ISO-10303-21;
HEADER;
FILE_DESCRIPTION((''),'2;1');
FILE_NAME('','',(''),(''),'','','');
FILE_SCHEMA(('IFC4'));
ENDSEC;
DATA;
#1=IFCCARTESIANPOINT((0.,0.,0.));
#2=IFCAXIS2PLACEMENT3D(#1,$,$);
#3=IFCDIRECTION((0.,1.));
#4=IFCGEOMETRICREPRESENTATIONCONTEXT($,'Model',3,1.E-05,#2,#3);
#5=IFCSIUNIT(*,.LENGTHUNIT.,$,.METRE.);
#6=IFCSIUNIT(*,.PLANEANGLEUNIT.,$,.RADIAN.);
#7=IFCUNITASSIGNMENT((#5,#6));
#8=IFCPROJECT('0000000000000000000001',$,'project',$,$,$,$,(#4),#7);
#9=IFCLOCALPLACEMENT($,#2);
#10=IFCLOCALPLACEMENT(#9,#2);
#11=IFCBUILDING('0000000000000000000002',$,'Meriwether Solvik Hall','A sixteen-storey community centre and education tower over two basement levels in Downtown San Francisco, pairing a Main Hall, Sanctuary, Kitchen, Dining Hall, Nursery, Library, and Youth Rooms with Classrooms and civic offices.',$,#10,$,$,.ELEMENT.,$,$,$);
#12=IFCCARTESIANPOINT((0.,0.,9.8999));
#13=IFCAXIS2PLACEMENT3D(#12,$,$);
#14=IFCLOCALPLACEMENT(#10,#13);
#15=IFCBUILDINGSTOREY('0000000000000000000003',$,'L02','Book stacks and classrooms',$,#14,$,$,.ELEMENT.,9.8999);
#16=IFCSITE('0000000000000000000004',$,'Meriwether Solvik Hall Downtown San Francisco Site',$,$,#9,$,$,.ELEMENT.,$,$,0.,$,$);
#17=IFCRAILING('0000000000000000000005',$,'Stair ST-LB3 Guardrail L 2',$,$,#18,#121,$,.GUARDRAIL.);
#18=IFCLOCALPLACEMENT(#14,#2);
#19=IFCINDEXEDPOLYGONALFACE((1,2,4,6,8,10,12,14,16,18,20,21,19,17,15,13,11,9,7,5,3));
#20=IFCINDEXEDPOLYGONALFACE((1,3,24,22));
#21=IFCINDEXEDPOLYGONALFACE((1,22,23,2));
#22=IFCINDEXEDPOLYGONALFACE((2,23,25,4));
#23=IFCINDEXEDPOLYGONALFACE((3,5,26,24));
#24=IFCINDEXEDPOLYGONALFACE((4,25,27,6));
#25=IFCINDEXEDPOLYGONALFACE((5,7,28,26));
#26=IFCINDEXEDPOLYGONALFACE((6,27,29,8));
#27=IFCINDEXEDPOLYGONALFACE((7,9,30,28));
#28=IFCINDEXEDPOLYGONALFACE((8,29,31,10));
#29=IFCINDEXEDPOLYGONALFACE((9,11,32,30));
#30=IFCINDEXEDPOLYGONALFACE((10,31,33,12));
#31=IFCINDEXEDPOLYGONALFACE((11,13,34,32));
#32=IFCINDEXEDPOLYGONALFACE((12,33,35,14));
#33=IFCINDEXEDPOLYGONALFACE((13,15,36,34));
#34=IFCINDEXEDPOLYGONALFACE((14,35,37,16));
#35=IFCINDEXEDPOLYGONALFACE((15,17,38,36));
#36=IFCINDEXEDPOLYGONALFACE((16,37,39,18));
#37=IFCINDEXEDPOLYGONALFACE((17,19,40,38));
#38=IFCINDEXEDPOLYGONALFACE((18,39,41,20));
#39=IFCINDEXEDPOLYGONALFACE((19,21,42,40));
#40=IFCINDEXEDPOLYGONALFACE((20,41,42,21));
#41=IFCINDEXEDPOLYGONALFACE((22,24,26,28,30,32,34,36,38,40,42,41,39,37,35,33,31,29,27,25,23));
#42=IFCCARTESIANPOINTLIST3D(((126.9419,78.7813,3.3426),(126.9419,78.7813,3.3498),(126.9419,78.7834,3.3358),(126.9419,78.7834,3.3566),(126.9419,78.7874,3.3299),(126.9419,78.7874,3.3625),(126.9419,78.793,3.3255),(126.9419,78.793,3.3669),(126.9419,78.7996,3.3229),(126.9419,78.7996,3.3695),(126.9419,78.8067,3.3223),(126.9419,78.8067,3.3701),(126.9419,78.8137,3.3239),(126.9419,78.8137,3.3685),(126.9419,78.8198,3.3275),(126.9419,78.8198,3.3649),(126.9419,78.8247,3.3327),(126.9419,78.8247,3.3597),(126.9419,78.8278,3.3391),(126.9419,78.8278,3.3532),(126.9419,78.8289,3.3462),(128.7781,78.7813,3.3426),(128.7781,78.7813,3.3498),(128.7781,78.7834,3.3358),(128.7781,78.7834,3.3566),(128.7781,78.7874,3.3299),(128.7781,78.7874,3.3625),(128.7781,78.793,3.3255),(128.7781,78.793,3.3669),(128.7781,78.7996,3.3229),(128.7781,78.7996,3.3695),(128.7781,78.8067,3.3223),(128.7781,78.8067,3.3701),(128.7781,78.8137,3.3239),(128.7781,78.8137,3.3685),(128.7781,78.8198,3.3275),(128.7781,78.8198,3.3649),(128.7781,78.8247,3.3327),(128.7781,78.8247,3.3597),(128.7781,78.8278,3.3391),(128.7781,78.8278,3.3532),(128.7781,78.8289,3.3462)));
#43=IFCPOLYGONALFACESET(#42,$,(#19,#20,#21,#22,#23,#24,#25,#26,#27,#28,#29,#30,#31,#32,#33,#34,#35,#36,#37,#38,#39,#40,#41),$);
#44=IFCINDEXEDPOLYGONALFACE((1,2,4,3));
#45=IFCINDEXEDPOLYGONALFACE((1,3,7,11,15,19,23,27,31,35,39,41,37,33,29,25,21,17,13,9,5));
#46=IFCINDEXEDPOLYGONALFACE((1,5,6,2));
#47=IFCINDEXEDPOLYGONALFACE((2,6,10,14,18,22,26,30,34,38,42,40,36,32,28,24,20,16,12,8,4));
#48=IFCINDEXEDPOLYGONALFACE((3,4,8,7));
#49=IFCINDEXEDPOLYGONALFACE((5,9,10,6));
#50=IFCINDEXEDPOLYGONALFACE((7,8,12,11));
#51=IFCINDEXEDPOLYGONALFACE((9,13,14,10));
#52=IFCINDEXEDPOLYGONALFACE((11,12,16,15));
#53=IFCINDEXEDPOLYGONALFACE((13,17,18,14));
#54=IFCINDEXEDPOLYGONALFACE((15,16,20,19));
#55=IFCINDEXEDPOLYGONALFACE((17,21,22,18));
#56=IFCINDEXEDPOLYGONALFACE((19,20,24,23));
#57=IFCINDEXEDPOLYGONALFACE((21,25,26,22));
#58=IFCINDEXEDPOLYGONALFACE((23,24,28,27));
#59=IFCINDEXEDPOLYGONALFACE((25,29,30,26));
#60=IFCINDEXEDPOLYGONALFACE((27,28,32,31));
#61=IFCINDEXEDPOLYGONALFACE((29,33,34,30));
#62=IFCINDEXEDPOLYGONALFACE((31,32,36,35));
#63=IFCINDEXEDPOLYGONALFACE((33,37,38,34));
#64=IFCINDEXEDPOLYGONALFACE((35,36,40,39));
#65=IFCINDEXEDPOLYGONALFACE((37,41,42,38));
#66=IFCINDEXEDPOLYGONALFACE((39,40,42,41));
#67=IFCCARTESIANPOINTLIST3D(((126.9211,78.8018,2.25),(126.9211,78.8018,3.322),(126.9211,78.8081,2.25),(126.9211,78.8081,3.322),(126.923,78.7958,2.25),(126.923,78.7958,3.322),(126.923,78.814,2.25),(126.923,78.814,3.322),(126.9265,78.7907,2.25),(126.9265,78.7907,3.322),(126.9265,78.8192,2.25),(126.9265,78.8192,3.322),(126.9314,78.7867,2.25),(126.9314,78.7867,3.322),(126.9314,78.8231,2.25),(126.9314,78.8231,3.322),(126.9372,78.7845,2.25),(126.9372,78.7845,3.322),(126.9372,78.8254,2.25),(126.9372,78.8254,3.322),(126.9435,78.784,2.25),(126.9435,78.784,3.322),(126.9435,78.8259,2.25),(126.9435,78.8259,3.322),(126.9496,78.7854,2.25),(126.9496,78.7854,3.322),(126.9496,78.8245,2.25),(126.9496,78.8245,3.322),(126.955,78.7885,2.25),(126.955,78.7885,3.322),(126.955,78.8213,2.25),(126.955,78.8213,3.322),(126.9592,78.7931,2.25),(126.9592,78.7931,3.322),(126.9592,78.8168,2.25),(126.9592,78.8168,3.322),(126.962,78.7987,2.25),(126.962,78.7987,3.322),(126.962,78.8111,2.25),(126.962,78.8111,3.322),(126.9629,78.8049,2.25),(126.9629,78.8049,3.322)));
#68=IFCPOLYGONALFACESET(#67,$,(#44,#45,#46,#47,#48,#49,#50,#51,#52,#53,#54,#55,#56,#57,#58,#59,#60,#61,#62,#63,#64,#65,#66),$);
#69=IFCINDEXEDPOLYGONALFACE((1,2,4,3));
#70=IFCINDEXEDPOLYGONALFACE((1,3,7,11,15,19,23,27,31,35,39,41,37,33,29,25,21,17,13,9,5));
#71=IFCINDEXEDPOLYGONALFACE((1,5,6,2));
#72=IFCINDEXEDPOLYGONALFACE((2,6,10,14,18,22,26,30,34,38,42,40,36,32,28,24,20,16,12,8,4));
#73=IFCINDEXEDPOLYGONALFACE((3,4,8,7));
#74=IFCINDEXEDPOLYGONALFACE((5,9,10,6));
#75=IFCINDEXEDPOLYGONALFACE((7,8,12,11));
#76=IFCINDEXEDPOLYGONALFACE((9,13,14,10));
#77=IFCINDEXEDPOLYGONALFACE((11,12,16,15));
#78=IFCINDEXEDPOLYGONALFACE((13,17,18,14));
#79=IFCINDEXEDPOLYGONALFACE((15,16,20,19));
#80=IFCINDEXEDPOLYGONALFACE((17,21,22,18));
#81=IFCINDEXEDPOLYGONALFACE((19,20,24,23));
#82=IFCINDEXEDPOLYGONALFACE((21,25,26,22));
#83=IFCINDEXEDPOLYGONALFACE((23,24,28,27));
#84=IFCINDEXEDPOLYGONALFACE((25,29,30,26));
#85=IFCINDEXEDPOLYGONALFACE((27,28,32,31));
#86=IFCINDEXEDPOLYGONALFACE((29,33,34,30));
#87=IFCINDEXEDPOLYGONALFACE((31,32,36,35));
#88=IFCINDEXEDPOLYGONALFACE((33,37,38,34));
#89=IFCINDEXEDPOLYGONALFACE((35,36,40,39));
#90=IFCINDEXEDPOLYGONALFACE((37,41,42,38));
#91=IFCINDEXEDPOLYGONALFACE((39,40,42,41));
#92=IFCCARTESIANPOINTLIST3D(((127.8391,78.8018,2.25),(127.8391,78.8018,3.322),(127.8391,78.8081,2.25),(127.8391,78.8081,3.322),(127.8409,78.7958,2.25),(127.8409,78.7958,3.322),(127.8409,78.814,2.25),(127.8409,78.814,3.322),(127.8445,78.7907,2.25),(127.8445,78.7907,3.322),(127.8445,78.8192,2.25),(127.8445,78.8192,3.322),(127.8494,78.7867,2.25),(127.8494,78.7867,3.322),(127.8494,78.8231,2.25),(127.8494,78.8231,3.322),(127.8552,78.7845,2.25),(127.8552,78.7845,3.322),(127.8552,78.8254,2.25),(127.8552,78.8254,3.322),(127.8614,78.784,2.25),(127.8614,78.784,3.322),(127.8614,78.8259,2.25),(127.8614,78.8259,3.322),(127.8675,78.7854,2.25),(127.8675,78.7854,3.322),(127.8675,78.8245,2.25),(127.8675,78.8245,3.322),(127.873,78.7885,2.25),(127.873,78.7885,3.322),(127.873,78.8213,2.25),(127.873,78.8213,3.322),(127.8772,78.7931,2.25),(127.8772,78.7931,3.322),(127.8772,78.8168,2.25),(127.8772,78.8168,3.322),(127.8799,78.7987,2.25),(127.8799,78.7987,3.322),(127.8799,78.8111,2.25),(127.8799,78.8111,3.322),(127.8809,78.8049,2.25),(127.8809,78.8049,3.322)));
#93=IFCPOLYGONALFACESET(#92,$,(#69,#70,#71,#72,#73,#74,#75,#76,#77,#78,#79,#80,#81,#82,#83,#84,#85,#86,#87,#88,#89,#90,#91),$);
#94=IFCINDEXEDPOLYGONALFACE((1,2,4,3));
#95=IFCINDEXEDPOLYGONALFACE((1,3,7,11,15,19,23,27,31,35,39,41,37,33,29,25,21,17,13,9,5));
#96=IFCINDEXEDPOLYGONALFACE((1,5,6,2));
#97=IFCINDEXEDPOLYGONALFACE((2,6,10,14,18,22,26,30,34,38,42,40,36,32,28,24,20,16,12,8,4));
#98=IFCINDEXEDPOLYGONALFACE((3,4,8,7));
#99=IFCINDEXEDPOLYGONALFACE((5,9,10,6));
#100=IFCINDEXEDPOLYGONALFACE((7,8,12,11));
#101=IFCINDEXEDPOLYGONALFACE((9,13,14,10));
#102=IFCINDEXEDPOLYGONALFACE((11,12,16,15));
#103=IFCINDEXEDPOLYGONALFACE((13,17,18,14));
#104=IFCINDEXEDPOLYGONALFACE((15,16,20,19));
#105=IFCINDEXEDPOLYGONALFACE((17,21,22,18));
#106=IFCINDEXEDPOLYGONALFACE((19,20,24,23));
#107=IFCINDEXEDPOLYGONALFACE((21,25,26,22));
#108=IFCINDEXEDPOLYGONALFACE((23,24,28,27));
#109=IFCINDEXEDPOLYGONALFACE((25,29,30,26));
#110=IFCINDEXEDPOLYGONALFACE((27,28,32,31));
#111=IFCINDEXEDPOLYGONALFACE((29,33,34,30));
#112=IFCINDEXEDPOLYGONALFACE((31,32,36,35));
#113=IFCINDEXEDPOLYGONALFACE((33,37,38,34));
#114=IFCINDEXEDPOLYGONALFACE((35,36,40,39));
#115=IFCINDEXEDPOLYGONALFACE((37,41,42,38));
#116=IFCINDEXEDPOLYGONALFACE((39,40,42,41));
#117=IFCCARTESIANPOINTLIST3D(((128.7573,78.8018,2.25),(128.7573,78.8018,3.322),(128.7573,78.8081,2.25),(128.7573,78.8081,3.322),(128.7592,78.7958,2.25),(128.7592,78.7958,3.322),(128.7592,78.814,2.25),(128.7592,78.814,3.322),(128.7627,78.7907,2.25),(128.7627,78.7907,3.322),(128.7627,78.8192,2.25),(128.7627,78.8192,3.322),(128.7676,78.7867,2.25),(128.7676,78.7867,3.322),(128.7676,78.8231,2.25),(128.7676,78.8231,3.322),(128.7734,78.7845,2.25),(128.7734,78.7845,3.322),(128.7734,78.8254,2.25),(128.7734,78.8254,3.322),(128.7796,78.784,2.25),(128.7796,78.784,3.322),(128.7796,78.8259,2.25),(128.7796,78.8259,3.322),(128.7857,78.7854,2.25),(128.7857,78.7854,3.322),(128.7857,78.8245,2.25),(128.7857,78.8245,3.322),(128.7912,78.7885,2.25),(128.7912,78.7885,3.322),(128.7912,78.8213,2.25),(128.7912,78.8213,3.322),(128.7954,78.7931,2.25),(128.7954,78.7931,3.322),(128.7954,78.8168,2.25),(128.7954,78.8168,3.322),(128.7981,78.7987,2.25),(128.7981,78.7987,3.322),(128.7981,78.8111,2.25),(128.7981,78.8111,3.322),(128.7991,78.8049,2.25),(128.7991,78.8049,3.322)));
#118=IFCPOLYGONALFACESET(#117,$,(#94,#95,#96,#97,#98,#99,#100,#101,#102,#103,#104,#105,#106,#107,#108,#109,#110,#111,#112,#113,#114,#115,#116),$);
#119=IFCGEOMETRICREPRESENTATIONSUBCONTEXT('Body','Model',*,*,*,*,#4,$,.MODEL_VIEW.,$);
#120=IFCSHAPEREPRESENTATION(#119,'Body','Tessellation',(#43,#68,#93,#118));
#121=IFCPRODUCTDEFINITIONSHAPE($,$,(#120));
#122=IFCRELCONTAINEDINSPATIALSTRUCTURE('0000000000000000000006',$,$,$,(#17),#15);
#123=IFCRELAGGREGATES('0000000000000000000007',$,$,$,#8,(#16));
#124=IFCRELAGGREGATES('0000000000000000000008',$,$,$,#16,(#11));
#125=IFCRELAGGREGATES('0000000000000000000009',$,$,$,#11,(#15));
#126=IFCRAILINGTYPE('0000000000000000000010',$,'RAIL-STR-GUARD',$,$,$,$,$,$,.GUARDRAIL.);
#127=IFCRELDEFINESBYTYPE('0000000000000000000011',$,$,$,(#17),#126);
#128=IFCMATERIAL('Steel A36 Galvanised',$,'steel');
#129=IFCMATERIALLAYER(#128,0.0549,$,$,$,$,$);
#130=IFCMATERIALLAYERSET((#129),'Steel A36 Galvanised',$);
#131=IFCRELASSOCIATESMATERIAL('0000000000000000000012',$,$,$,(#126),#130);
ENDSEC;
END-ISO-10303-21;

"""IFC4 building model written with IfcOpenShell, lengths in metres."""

from ifc_helpers import new_model, si_unit, direction, frame, origin, origin_2d, place, context, subcontext, project, spatial, circle, extrude, material, layer, layer_set, type_object, element, save


model = new_model("IFC4")

# Units and contexts
model_context = context("Model", 3, precision=1e-05, world=origin(), true_north=direction((0.0, 1.0)))
body_context = subcontext(model_context, "Body", "Model", "MODEL_VIEW")
ifc_project = project(units=[si_unit("LENGTHUNIT", "METRE"), si_unit("PLANEANGLEUNIT", "RADIAN")], contexts=[model_context])

# Site, building, storey
site_placement = place(None, origin())
site = spatial("IfcSite", under=ifc_project, at=site_placement, Name="Meriwether Solvik Hall Downtown San Francisco Site", CompositionType="ELEMENT", RefElevation=0.0)
building_placement = place(site_placement, origin())
building = spatial("IfcBuilding", under=site, at=building_placement, Name="Meriwether Solvik Hall", Description="A sixteen-storey community centre and education tower over two basement levels in Downtown San Francisco, pairing a Main Hall, Sanctuary, Kitchen, Dining Hall, Nursery, Library, and Youth Rooms with Classrooms and civic offices.", CompositionType="ELEMENT")
storey_placement = place(building_placement, frame((0.0, 0.0, 9.8999)))
storey = spatial("IfcBuildingStorey", under=building, at=storey_placement, Name="L02", Description="Book stacks and classrooms", CompositionType="ELEMENT", Elevation=9.8999)

# Railing
ifc_material_1 = material(Name="Steel A36 Galvanised", Category="steel")
ifc_layer_1 = layer(ifc_material_1, 0.0549)
ifc_layer_set_1 = layer_set([ifc_layer_1], Name="Steel A36 Galvanised")
railing_type_1 = type_object("IfcRailingType", Name="RAIL-STR-GUARD", PredefinedType="GUARDRAIL", material=ifc_layer_set_1)
railing_1_placement = place(storey_placement, frame((126.9419, 78.8049, 2.25)))
element("IfcRailing", 1, at=railing_1_placement, inside=storey, type_object=railing_type_1, Name="Stair ST-LB3 Guardrail L 2", PredefinedType="GUARDRAIL", context=body_context, shape_type="SweptSolid", body=[
    extrude(circle(Radius=0.0239, at=origin_2d()), frame((0.0, 0.0, 1.0962), z_axis=(1.0, 0.0, 0.0), x_axis=(0.0, 1.0, 0.0)), (0.0, 0.0, 1.0), 1.8362),
    extrude(circle(Radius=0.021, at=origin_2d()), origin(), (0.0, 0.0, 1.0), 1.072),
    extrude(circle(Radius=0.021, at=origin_2d()), frame((0.918, 0.0, 0.0)), (0.0, 0.0, 1.0), 1.072),
    extrude(circle(Radius=0.021, at=origin_2d()), frame((1.8362, 0.0, 0.0)), (0.0, 0.0, 1.0), 1.072),
])

save(model, "model.ifc")
